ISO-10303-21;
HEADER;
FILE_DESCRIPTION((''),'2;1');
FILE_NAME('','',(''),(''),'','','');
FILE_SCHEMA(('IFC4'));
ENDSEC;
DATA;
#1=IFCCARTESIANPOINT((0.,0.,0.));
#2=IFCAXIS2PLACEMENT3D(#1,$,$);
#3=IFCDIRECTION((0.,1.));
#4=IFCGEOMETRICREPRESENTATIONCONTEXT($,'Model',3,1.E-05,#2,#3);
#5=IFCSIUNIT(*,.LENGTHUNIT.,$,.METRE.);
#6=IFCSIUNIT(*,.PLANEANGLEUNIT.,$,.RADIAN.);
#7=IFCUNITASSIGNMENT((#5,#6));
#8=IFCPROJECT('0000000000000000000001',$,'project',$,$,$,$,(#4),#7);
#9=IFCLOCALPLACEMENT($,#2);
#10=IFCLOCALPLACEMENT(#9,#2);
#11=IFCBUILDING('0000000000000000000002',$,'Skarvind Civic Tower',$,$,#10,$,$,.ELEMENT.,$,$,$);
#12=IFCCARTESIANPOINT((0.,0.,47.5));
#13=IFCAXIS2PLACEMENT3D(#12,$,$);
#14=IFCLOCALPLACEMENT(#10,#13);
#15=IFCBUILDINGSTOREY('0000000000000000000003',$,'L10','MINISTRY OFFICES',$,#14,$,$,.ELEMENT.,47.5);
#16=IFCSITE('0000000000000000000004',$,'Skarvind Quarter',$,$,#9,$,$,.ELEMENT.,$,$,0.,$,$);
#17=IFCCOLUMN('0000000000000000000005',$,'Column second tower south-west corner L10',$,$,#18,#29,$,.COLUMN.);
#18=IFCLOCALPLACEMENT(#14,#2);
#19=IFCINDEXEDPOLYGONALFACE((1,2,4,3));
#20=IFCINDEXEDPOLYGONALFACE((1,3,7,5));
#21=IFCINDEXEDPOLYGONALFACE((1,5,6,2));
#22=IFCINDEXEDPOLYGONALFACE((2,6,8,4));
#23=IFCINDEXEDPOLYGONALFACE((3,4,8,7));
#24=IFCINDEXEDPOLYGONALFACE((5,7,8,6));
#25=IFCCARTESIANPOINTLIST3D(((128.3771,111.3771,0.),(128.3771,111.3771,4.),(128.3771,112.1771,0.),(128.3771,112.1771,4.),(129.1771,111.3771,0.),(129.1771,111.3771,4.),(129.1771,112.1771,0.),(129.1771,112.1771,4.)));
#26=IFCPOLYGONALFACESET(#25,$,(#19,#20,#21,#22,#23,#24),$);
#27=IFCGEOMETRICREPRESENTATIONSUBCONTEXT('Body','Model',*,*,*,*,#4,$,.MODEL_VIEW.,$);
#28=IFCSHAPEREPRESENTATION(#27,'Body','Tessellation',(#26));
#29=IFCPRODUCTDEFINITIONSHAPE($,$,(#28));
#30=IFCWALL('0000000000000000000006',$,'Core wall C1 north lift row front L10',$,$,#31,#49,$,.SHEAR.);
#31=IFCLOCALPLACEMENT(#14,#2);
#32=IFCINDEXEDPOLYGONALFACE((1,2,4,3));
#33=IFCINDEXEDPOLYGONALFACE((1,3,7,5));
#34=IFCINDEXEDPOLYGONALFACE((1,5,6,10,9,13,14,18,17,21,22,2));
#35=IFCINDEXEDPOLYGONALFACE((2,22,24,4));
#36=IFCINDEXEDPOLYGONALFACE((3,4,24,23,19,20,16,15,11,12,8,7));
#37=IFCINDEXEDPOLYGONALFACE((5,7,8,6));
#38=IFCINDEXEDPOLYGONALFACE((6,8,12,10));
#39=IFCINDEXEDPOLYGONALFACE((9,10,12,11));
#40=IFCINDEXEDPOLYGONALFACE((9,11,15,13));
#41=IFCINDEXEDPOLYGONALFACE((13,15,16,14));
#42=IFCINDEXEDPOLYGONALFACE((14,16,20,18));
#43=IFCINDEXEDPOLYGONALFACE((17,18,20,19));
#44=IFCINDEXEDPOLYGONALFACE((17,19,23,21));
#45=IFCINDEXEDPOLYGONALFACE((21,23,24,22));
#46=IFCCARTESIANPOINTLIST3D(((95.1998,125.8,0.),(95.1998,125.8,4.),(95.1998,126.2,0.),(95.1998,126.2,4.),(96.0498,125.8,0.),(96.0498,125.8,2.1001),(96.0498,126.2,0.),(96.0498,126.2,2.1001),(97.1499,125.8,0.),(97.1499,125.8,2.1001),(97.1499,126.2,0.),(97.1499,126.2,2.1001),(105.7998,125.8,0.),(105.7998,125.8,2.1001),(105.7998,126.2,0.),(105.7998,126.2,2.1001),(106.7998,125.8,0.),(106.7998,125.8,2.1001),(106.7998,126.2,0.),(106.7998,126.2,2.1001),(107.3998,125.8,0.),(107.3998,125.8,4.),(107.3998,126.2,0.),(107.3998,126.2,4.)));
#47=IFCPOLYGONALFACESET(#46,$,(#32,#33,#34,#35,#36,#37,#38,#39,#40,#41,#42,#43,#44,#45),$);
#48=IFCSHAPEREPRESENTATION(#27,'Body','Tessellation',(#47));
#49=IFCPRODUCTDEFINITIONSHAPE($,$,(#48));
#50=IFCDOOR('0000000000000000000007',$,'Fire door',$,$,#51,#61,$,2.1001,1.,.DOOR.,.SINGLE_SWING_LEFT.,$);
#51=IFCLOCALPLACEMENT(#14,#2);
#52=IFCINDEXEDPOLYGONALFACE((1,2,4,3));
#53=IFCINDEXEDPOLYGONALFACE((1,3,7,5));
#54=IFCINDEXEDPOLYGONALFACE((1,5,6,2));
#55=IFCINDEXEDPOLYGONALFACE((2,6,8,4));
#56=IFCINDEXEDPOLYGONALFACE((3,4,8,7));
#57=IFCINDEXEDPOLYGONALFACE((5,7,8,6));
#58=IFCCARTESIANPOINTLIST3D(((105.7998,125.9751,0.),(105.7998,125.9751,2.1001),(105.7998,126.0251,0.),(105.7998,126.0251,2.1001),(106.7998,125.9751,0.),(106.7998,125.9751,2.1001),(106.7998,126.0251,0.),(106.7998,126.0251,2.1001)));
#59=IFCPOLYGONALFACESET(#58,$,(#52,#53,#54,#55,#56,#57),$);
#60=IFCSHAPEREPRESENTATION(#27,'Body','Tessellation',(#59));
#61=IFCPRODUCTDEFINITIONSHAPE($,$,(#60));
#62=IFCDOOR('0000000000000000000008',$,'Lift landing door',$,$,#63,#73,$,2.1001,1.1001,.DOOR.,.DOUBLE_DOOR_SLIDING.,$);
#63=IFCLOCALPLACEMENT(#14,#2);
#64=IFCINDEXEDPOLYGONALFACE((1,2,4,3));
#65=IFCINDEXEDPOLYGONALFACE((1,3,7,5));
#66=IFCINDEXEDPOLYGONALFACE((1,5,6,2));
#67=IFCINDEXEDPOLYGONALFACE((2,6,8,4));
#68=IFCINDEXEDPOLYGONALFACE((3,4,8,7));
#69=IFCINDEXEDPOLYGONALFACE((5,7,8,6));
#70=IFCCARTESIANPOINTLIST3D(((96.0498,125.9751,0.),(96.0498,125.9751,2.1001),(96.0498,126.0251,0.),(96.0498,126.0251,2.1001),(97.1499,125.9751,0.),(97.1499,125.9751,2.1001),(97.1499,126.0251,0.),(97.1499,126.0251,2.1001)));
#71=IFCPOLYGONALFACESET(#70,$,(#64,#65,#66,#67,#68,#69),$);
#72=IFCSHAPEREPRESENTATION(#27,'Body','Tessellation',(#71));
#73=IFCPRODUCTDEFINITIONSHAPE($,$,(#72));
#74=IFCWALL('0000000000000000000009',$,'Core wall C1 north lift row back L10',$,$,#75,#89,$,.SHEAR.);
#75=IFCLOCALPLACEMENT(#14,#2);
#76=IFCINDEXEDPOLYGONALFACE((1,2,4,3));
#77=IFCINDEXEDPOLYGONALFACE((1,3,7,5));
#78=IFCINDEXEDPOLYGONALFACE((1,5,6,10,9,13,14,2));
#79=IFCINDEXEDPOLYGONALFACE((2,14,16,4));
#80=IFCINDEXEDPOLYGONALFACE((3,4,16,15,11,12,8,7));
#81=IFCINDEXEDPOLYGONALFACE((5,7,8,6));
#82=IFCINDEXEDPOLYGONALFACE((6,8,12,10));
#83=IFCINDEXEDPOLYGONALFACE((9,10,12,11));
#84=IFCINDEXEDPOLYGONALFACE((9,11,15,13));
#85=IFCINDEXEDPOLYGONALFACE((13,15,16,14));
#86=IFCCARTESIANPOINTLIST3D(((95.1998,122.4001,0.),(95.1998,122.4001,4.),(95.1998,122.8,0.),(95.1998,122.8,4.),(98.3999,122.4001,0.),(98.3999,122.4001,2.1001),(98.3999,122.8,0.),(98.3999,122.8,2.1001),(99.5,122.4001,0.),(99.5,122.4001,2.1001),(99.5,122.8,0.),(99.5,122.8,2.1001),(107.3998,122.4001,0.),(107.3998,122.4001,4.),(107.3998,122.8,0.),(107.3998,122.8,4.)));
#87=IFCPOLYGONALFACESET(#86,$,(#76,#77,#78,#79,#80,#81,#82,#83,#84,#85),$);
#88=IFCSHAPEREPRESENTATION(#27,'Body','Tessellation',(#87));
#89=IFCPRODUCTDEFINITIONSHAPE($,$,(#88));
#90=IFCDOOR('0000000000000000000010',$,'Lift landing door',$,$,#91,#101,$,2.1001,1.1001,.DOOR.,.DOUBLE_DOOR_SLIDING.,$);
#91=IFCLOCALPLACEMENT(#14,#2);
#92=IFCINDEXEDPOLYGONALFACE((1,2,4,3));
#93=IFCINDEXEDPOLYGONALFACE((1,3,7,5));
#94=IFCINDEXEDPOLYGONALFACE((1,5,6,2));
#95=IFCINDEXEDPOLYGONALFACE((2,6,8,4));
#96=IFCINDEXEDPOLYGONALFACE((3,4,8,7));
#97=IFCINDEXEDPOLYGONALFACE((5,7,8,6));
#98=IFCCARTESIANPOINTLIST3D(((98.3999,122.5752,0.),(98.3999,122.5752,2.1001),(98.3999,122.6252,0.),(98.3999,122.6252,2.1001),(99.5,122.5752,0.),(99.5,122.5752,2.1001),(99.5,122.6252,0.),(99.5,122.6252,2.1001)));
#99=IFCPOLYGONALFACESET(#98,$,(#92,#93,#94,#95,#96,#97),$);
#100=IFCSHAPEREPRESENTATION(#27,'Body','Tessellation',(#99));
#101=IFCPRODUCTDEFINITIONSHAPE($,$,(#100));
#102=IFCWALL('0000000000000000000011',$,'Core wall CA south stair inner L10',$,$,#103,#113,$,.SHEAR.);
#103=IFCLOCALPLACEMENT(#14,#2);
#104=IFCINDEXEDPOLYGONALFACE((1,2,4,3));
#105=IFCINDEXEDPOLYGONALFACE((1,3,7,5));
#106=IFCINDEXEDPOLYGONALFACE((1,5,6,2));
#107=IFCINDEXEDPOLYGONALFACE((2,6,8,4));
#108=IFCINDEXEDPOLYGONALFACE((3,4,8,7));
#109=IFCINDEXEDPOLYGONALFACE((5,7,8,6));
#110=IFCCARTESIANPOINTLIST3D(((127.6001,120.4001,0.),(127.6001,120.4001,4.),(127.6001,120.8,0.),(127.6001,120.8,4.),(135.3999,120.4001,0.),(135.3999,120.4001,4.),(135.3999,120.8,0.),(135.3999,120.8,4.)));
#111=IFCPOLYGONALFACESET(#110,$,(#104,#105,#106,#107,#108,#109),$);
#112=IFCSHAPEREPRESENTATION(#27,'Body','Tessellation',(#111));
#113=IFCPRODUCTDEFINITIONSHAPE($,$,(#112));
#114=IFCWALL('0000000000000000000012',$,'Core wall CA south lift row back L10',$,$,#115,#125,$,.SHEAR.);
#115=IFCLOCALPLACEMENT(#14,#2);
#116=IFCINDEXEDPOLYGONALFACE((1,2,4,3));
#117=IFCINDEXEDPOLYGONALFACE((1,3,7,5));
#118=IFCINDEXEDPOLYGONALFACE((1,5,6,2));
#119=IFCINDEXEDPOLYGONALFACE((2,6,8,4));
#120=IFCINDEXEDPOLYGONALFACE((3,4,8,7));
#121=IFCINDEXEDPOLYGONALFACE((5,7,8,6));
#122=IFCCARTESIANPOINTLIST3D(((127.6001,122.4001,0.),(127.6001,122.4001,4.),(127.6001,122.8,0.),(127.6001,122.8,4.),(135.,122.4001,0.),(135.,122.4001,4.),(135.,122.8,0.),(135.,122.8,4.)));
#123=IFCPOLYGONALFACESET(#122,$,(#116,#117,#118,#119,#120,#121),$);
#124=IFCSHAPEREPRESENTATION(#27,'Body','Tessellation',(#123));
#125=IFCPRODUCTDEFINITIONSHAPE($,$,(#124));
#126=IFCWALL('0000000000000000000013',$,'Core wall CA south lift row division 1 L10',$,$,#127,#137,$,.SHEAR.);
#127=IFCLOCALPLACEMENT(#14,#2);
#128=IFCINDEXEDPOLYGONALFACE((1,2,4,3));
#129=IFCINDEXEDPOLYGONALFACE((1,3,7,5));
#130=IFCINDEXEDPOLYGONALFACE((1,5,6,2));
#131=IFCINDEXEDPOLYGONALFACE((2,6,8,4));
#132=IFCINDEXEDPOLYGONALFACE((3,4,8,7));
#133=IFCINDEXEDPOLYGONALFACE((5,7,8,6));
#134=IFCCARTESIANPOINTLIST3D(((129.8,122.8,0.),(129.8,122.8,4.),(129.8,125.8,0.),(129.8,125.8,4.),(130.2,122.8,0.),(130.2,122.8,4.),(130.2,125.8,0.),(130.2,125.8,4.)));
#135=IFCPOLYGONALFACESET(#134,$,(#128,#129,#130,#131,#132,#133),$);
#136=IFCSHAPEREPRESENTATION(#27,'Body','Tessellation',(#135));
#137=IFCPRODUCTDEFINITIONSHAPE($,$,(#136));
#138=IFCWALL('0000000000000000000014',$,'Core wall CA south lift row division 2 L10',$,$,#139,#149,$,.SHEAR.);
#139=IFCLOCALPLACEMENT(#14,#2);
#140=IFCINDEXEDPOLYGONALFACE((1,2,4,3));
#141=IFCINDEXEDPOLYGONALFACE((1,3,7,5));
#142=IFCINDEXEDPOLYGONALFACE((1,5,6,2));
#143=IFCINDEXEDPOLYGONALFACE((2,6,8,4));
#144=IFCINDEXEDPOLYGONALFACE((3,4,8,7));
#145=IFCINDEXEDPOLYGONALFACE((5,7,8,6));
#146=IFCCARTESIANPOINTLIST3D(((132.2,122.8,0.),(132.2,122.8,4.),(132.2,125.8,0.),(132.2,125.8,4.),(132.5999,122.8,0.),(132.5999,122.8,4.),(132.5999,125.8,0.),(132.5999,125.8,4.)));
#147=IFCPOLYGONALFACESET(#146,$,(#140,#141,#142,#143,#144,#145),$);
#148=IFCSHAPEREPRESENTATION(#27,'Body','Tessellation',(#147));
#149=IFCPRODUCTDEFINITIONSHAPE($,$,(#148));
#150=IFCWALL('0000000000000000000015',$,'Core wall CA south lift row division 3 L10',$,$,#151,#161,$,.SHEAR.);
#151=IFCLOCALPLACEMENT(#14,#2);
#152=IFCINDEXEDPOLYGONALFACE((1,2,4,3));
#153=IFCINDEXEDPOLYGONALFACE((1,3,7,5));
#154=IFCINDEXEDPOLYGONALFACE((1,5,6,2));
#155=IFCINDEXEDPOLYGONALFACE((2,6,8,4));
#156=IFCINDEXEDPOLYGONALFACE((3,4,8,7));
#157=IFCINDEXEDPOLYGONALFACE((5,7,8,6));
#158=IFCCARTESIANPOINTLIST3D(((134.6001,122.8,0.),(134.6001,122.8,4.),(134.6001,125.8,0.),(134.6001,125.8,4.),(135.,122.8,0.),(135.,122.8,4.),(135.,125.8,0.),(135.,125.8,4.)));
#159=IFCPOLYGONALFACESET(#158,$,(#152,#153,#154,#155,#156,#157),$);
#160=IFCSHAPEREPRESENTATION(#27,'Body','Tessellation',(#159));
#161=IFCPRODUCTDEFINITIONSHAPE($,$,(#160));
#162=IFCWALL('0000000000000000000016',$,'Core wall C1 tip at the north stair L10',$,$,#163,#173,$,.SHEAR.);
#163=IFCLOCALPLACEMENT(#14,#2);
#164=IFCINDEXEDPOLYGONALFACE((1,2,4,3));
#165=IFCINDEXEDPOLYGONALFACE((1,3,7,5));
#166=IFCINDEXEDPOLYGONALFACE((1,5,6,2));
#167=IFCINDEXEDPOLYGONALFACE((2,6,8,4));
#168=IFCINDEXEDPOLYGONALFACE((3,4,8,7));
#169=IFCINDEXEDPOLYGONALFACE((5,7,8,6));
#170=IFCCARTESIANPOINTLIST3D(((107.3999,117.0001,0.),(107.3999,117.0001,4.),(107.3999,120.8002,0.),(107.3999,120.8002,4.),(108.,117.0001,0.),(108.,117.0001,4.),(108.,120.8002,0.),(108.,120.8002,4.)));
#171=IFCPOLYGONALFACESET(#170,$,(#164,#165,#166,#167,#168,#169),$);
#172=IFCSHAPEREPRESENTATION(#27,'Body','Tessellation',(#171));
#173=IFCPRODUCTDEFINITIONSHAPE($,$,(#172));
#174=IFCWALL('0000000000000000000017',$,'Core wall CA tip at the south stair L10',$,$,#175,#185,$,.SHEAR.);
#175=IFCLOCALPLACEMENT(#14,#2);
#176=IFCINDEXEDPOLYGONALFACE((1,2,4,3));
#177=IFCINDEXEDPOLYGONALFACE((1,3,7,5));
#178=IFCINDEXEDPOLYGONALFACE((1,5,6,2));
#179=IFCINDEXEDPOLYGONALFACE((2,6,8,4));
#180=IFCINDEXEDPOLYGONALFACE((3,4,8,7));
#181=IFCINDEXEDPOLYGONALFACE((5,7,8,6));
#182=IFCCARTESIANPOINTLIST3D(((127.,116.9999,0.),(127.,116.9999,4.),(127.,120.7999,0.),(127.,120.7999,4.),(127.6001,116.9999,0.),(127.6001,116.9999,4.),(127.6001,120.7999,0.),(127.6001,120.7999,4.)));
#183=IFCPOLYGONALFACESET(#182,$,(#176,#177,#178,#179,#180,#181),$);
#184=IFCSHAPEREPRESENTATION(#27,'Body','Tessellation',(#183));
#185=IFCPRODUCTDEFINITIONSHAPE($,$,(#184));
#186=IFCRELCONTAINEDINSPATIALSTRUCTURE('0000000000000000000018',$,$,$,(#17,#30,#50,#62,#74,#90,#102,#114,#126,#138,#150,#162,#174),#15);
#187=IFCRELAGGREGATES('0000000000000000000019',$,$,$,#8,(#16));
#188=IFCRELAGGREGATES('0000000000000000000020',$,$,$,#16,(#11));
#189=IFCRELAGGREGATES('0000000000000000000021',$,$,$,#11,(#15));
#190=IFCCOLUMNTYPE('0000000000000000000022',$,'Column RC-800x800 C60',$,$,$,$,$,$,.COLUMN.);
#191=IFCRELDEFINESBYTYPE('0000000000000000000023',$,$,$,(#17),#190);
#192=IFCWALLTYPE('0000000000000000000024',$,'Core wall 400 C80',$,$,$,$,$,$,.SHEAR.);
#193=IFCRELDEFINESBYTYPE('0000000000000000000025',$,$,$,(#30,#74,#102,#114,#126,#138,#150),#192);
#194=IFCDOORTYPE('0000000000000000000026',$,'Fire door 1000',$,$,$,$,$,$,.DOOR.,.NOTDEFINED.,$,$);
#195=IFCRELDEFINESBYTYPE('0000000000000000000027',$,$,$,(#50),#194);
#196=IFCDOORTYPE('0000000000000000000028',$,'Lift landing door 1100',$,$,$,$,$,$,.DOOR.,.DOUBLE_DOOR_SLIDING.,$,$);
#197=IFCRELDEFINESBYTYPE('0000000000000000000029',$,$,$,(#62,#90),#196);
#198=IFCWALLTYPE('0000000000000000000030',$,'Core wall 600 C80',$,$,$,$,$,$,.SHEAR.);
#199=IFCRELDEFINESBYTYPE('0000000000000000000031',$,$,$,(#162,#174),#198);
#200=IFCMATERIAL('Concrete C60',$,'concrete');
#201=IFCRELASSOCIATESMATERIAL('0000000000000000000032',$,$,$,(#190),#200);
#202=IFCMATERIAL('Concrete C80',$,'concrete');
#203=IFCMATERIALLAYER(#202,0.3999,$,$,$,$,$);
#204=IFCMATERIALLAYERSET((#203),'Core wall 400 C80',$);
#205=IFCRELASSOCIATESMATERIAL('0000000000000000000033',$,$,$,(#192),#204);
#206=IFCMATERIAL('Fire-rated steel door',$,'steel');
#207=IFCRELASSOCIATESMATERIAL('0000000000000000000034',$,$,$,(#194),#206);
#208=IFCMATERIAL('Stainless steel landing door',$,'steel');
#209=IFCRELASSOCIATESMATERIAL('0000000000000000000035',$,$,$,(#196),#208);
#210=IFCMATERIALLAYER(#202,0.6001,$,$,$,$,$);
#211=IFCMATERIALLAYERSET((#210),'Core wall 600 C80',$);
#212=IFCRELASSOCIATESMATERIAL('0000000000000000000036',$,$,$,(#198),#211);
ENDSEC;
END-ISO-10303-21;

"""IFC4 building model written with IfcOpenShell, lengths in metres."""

from ifc_helpers import new_model, si_unit, direction, frame, frame_2d, origin, origin_2d, place, context, subcontext, project, spatial, rectangle, extrude, material, layer, layer_set, material_profile, profile_set, type_object, element, fill, save


model = new_model("IFC4")

# Units and contexts
model_context = context("Model", 3, precision=1e-05, world=origin(), true_north=direction((0.0, 1.0)))
body_context = subcontext(model_context, "Body", "Model", "MODEL_VIEW")
ifc_project = project(units=[si_unit("LENGTHUNIT", "METRE"), si_unit("PLANEANGLEUNIT", "RADIAN")], contexts=[model_context])

# Site, building, storey
site_placement = place(None, origin())
site = spatial("IfcSite", under=ifc_project, at=site_placement, Name="Skarvind Quarter", CompositionType="ELEMENT", RefElevation=0.0)
building_placement = place(site_placement, origin())
building = spatial("IfcBuilding", under=site, at=building_placement, Name="Skarvind Civic Tower", CompositionType="ELEMENT")
storey_placement = place(building_placement, frame((0.0, 0.0, 47.5)))
storey = spatial("IfcBuildingStorey", under=building, at=storey_placement, Name="L10", Description="MINISTRY OFFICES", CompositionType="ELEMENT", Elevation=47.5)

# Column
ifc_material_1 = material(Name="Concrete C60", Category="concrete")
ifc_material_profile = material_profile(ifc_material_1, rectangle(XDim=0.8, YDim=0.8, at=origin_2d()), Name="RC-800x800")
ifc_profile_set = profile_set([ifc_material_profile], Name="Concrete C60")
column_type = type_object("IfcColumnType", Name="Column RC-800x800 C60", PredefinedType="COLUMN", material=ifc_profile_set)
column_placement = place(storey_placement, frame((128.7771, 111.7771, 0.0), z_axis=(0.0, 0.0, 1.0), x_axis=(1.0, 0.0, 0.0)))
element("IfcColumn", 1, at=column_placement, inside=storey, type_object=column_type, Name="Column second tower south-west corner L10", PredefinedType="COLUMN", context=body_context, shape_type="SweptSolid", body=[
    extrude(rectangle(XDim=0.8, YDim=0.8, at=origin_2d()), origin(), (0.0, 0.0, 1.0), 4.0),
])

# Wall, openings, doors
ifc_material_2 = material(Name="Concrete C80", Category="concrete")
ifc_layer_1 = layer(ifc_material_2, 0.3999)
ifc_layer_set_1 = layer_set([ifc_layer_1], Name="Core wall 400 C80")
wall_type_1 = type_object("IfcWallType", Name="Core wall 400 C80", PredefinedType="SHEAR", material=ifc_layer_set_1)
wall_1_placement = place(storey_placement, frame((107.3999, 126.0, 0.0), z_axis=(0.0, 0.0, 1.0), x_axis=(-1.0, 0.0, 0.0)))
wall_1 = element("IfcWall", 2, at=wall_1_placement, inside=storey, type_object=wall_type_1, Name="Core wall C1 north lift row front L10", PredefinedType="SHEAR", context=body_context, shape_type="SweptSolid", body=[
    extrude(rectangle(XDim=12.2, YDim=0.3999, at=frame_2d((6.1001, 0.0))), origin(), (0.0, 0.0, 1.0), 4.0),
])
opening_1_placement = place(wall_1_placement, frame((10.25, 0.0, 0.0)))
opening_1 = element("IfcOpeningElement", 3, at=opening_1_placement, cuts=wall_1, PredefinedType="OPENING", context=body_context, shape_type="SweptSolid", body=[
    extrude(rectangle(XDim=1.1001, YDim=2.1001, at=frame_2d((0.55, 1.05))), frame((0.0, 0.21, 0.0), z_axis=(0.0, -1.0, 0.0), x_axis=(1.0, 0.0, 0.0)), (0.0, 0.0, 1.0), 0.4199),
])
opening_2_placement = place(wall_1_placement, frame((0.6001, 0.0, 0.0)))
opening_2 = element("IfcOpeningElement", 4, at=opening_2_placement, cuts=wall_1, PredefinedType="OPENING", context=body_context, shape_type="SweptSolid", body=[
    extrude(rectangle(XDim=1.0, YDim=2.1001, at=frame_2d((0.5, 1.05))), frame((0.0, 0.21, 0.0), z_axis=(0.0, -1.0, 0.0), x_axis=(1.0, 0.0, 0.0)), (0.0, 0.0, 1.0), 0.4199),
])
ifc_material_3 = material(Name="Fire-rated steel door", Category="steel")
door_type_1 = type_object("IfcDoorType", Name="Fire door 1000", OperationType="NOTDEFINED", PredefinedType="DOOR", material=ifc_material_3)
door_1_placement = place(opening_2_placement, origin())
door_1 = element("IfcDoor", 5, at=door_1_placement, inside=storey, type_object=door_type_1, Name="Fire door", OperationType="SINGLE_SWING_LEFT", OverallHeight=2.1001, OverallWidth=1.0, PredefinedType="DOOR", context=body_context, shape_type="SweptSolid", body=[
    extrude(rectangle(XDim=1.0, YDim=2.1001, at=frame_2d((0.5, 1.05))), frame((0.0, 0.0249, 0.0), z_axis=(0.0, -1.0, 0.0), x_axis=(1.0, 0.0, 0.0)), (0.0, 0.0, 1.0), 0.05),
])
fill(opening_2, door_1)
ifc_material_4 = material(Name="Stainless steel landing door", Category="steel")
door_type_2 = type_object("IfcDoorType", Name="Lift landing door 1100", OperationType="DOUBLE_DOOR_SLIDING", PredefinedType="DOOR", material=ifc_material_4)
door_2_placement = place(opening_1_placement, origin())
door_2 = element("IfcDoor", 6, at=door_2_placement, inside=storey, type_object=door_type_2, Name="Lift landing door", OperationType="DOUBLE_DOOR_SLIDING", OverallHeight=2.1001, OverallWidth=1.1001, PredefinedType="DOOR", context=body_context, shape_type="SweptSolid", body=[
    extrude(rectangle(XDim=1.1001, YDim=2.1001, at=frame_2d((0.55, 1.05))), frame((0.0, 0.0249, 0.0), z_axis=(0.0, -1.0, 0.0), x_axis=(1.0, 0.0, 0.0)), (0.0, 0.0, 1.0), 0.05),
])
fill(opening_1, door_2)

# Wall, opening, door
wall_2_placement = place(storey_placement, frame((107.3999, 122.6001, 0.0), z_axis=(0.0, 0.0, 1.0), x_axis=(-1.0, 0.0, 0.0)))
wall_2 = element("IfcWall", 7, at=wall_2_placement, inside=storey, type_object=wall_type_1, Name="Core wall C1 north lift row back L10", PredefinedType="SHEAR", context=body_context, shape_type="SweptSolid", body=[
    extrude(rectangle(XDim=12.2, YDim=0.3999, at=frame_2d((6.1001, 0.0))), origin(), (0.0, 0.0, 1.0), 4.0),
])
opening_3_placement = place(wall_2_placement, frame((7.8999, 0.0, 0.0)))
opening_3 = element("IfcOpeningElement", 8, at=opening_3_placement, cuts=wall_2, PredefinedType="OPENING", context=body_context, shape_type="SweptSolid", body=[
    extrude(rectangle(XDim=1.1001, YDim=2.1001, at=frame_2d((0.55, 1.05))), frame((0.0, 0.21, 0.0), z_axis=(0.0, -1.0, 0.0), x_axis=(1.0, 0.0, 0.0)), (0.0, 0.0, 1.0), 0.4199),
])
door_3_placement = place(opening_3_placement, origin())
door_3 = element("IfcDoor", 9, at=door_3_placement, inside=storey, type_object=door_type_2, Name="Lift landing door", OperationType="DOUBLE_DOOR_SLIDING", OverallHeight=2.1001, OverallWidth=1.1001, PredefinedType="DOOR", context=body_context, shape_type="SweptSolid", body=[
    extrude(rectangle(XDim=1.1001, YDim=2.1001, at=frame_2d((0.55, 1.05))), frame((0.0, 0.0249, 0.0), z_axis=(0.0, -1.0, 0.0), x_axis=(1.0, 0.0, 0.0)), (0.0, 0.0, 1.0), 0.05),
])
fill(opening_3, door_3)

# Walls
wall_3_placement = place(storey_placement, frame((127.6001, 120.6001, 0.0), z_axis=(0.0, 0.0, 1.0), x_axis=(1.0, 0.0, 0.0)))
element("IfcWall", 10, at=wall_3_placement, inside=storey, type_object=wall_type_1, Name="Core wall CA south stair inner L10", PredefinedType="SHEAR", context=body_context, shape_type="SweptSolid", body=[
    extrude(rectangle(XDim=7.7998, YDim=0.3999, at=frame_2d((3.8999, 0.0))), origin(), (0.0, 0.0, 1.0), 4.0),
])
wall_4_placement = place(storey_placement, frame((127.6001, 122.6001, 0.0), z_axis=(0.0, 0.0, 1.0), x_axis=(1.0, 0.0, 0.0)))
element("IfcWall", 11, at=wall_4_placement, inside=storey, type_object=wall_type_1, Name="Core wall CA south lift row back L10", PredefinedType="SHEAR", context=body_context, shape_type="SweptSolid", body=[
    extrude(rectangle(XDim=7.3999, YDim=0.3999, at=frame_2d((3.7, 0.0))), origin(), (0.0, 0.0, 1.0), 4.0),
])
for number, where, z_axis, x_axis, name in (
    (12, (130.0, 122.8, 0.0), (0.0, 0.0, 1.0), (0.0, 1.0, 0.0), "Core wall CA south lift row division 1 L10"),
    (13, (132.3999, 122.8, 0.0), (0.0, 0.0, 1.0), (0.0, 1.0, 0.0), "Core wall CA south lift row division 2 L10"),
    (14, (134.8, 122.8, 0.0), (0.0, 0.0, 1.0), (0.0, 1.0, 0.0), "Core wall CA south lift row division 3 L10"),
):
    element("IfcWall", number, at=place(storey_placement, frame(where, z_axis=z_axis, x_axis=x_axis)), inside=storey, type_object=wall_type_1, Name=name, PredefinedType="SHEAR", context=body_context, shape_type="SweptSolid", body=[
        extrude(rectangle(XDim=3.0, YDim=0.3999, at=frame_2d((1.5, 0.0))), origin(), (0.0, 0.0, 1.0), 4.0),
    ])
ifc_layer_2 = layer(ifc_material_2, 0.6001)
ifc_layer_set_2 = layer_set([ifc_layer_2], Name="Core wall 600 C80")
wall_type_2 = type_object("IfcWallType", Name="Core wall 600 C80", PredefinedType="SHEAR", material=ifc_layer_set_2)
for number, where, z_axis, x_axis, name in (
    (15, (107.7, 120.8, 0.0), (0.0, 0.0, 1.0), (0.0, -1.0, 0.0), "Core wall C1 tip at the north stair L10"),
    (16, (127.3, 117.0, 0.0), (0.0, 0.0, 1.0), (0.0, 1.0, 0.0), "Core wall CA tip at the south stair L10"),
):
    element("IfcWall", number, at=place(storey_placement, frame(where, z_axis=z_axis, x_axis=x_axis)), inside=storey, type_object=wall_type_2, Name=name, PredefinedType="SHEAR", context=body_context, shape_type="SweptSolid", body=[
        extrude(rectangle(XDim=3.8, YDim=0.6001, at=frame_2d((1.8999, 0.0))), origin(), (0.0, 0.0, 1.0), 4.0),
    ])

save(model, "model.ifc")
